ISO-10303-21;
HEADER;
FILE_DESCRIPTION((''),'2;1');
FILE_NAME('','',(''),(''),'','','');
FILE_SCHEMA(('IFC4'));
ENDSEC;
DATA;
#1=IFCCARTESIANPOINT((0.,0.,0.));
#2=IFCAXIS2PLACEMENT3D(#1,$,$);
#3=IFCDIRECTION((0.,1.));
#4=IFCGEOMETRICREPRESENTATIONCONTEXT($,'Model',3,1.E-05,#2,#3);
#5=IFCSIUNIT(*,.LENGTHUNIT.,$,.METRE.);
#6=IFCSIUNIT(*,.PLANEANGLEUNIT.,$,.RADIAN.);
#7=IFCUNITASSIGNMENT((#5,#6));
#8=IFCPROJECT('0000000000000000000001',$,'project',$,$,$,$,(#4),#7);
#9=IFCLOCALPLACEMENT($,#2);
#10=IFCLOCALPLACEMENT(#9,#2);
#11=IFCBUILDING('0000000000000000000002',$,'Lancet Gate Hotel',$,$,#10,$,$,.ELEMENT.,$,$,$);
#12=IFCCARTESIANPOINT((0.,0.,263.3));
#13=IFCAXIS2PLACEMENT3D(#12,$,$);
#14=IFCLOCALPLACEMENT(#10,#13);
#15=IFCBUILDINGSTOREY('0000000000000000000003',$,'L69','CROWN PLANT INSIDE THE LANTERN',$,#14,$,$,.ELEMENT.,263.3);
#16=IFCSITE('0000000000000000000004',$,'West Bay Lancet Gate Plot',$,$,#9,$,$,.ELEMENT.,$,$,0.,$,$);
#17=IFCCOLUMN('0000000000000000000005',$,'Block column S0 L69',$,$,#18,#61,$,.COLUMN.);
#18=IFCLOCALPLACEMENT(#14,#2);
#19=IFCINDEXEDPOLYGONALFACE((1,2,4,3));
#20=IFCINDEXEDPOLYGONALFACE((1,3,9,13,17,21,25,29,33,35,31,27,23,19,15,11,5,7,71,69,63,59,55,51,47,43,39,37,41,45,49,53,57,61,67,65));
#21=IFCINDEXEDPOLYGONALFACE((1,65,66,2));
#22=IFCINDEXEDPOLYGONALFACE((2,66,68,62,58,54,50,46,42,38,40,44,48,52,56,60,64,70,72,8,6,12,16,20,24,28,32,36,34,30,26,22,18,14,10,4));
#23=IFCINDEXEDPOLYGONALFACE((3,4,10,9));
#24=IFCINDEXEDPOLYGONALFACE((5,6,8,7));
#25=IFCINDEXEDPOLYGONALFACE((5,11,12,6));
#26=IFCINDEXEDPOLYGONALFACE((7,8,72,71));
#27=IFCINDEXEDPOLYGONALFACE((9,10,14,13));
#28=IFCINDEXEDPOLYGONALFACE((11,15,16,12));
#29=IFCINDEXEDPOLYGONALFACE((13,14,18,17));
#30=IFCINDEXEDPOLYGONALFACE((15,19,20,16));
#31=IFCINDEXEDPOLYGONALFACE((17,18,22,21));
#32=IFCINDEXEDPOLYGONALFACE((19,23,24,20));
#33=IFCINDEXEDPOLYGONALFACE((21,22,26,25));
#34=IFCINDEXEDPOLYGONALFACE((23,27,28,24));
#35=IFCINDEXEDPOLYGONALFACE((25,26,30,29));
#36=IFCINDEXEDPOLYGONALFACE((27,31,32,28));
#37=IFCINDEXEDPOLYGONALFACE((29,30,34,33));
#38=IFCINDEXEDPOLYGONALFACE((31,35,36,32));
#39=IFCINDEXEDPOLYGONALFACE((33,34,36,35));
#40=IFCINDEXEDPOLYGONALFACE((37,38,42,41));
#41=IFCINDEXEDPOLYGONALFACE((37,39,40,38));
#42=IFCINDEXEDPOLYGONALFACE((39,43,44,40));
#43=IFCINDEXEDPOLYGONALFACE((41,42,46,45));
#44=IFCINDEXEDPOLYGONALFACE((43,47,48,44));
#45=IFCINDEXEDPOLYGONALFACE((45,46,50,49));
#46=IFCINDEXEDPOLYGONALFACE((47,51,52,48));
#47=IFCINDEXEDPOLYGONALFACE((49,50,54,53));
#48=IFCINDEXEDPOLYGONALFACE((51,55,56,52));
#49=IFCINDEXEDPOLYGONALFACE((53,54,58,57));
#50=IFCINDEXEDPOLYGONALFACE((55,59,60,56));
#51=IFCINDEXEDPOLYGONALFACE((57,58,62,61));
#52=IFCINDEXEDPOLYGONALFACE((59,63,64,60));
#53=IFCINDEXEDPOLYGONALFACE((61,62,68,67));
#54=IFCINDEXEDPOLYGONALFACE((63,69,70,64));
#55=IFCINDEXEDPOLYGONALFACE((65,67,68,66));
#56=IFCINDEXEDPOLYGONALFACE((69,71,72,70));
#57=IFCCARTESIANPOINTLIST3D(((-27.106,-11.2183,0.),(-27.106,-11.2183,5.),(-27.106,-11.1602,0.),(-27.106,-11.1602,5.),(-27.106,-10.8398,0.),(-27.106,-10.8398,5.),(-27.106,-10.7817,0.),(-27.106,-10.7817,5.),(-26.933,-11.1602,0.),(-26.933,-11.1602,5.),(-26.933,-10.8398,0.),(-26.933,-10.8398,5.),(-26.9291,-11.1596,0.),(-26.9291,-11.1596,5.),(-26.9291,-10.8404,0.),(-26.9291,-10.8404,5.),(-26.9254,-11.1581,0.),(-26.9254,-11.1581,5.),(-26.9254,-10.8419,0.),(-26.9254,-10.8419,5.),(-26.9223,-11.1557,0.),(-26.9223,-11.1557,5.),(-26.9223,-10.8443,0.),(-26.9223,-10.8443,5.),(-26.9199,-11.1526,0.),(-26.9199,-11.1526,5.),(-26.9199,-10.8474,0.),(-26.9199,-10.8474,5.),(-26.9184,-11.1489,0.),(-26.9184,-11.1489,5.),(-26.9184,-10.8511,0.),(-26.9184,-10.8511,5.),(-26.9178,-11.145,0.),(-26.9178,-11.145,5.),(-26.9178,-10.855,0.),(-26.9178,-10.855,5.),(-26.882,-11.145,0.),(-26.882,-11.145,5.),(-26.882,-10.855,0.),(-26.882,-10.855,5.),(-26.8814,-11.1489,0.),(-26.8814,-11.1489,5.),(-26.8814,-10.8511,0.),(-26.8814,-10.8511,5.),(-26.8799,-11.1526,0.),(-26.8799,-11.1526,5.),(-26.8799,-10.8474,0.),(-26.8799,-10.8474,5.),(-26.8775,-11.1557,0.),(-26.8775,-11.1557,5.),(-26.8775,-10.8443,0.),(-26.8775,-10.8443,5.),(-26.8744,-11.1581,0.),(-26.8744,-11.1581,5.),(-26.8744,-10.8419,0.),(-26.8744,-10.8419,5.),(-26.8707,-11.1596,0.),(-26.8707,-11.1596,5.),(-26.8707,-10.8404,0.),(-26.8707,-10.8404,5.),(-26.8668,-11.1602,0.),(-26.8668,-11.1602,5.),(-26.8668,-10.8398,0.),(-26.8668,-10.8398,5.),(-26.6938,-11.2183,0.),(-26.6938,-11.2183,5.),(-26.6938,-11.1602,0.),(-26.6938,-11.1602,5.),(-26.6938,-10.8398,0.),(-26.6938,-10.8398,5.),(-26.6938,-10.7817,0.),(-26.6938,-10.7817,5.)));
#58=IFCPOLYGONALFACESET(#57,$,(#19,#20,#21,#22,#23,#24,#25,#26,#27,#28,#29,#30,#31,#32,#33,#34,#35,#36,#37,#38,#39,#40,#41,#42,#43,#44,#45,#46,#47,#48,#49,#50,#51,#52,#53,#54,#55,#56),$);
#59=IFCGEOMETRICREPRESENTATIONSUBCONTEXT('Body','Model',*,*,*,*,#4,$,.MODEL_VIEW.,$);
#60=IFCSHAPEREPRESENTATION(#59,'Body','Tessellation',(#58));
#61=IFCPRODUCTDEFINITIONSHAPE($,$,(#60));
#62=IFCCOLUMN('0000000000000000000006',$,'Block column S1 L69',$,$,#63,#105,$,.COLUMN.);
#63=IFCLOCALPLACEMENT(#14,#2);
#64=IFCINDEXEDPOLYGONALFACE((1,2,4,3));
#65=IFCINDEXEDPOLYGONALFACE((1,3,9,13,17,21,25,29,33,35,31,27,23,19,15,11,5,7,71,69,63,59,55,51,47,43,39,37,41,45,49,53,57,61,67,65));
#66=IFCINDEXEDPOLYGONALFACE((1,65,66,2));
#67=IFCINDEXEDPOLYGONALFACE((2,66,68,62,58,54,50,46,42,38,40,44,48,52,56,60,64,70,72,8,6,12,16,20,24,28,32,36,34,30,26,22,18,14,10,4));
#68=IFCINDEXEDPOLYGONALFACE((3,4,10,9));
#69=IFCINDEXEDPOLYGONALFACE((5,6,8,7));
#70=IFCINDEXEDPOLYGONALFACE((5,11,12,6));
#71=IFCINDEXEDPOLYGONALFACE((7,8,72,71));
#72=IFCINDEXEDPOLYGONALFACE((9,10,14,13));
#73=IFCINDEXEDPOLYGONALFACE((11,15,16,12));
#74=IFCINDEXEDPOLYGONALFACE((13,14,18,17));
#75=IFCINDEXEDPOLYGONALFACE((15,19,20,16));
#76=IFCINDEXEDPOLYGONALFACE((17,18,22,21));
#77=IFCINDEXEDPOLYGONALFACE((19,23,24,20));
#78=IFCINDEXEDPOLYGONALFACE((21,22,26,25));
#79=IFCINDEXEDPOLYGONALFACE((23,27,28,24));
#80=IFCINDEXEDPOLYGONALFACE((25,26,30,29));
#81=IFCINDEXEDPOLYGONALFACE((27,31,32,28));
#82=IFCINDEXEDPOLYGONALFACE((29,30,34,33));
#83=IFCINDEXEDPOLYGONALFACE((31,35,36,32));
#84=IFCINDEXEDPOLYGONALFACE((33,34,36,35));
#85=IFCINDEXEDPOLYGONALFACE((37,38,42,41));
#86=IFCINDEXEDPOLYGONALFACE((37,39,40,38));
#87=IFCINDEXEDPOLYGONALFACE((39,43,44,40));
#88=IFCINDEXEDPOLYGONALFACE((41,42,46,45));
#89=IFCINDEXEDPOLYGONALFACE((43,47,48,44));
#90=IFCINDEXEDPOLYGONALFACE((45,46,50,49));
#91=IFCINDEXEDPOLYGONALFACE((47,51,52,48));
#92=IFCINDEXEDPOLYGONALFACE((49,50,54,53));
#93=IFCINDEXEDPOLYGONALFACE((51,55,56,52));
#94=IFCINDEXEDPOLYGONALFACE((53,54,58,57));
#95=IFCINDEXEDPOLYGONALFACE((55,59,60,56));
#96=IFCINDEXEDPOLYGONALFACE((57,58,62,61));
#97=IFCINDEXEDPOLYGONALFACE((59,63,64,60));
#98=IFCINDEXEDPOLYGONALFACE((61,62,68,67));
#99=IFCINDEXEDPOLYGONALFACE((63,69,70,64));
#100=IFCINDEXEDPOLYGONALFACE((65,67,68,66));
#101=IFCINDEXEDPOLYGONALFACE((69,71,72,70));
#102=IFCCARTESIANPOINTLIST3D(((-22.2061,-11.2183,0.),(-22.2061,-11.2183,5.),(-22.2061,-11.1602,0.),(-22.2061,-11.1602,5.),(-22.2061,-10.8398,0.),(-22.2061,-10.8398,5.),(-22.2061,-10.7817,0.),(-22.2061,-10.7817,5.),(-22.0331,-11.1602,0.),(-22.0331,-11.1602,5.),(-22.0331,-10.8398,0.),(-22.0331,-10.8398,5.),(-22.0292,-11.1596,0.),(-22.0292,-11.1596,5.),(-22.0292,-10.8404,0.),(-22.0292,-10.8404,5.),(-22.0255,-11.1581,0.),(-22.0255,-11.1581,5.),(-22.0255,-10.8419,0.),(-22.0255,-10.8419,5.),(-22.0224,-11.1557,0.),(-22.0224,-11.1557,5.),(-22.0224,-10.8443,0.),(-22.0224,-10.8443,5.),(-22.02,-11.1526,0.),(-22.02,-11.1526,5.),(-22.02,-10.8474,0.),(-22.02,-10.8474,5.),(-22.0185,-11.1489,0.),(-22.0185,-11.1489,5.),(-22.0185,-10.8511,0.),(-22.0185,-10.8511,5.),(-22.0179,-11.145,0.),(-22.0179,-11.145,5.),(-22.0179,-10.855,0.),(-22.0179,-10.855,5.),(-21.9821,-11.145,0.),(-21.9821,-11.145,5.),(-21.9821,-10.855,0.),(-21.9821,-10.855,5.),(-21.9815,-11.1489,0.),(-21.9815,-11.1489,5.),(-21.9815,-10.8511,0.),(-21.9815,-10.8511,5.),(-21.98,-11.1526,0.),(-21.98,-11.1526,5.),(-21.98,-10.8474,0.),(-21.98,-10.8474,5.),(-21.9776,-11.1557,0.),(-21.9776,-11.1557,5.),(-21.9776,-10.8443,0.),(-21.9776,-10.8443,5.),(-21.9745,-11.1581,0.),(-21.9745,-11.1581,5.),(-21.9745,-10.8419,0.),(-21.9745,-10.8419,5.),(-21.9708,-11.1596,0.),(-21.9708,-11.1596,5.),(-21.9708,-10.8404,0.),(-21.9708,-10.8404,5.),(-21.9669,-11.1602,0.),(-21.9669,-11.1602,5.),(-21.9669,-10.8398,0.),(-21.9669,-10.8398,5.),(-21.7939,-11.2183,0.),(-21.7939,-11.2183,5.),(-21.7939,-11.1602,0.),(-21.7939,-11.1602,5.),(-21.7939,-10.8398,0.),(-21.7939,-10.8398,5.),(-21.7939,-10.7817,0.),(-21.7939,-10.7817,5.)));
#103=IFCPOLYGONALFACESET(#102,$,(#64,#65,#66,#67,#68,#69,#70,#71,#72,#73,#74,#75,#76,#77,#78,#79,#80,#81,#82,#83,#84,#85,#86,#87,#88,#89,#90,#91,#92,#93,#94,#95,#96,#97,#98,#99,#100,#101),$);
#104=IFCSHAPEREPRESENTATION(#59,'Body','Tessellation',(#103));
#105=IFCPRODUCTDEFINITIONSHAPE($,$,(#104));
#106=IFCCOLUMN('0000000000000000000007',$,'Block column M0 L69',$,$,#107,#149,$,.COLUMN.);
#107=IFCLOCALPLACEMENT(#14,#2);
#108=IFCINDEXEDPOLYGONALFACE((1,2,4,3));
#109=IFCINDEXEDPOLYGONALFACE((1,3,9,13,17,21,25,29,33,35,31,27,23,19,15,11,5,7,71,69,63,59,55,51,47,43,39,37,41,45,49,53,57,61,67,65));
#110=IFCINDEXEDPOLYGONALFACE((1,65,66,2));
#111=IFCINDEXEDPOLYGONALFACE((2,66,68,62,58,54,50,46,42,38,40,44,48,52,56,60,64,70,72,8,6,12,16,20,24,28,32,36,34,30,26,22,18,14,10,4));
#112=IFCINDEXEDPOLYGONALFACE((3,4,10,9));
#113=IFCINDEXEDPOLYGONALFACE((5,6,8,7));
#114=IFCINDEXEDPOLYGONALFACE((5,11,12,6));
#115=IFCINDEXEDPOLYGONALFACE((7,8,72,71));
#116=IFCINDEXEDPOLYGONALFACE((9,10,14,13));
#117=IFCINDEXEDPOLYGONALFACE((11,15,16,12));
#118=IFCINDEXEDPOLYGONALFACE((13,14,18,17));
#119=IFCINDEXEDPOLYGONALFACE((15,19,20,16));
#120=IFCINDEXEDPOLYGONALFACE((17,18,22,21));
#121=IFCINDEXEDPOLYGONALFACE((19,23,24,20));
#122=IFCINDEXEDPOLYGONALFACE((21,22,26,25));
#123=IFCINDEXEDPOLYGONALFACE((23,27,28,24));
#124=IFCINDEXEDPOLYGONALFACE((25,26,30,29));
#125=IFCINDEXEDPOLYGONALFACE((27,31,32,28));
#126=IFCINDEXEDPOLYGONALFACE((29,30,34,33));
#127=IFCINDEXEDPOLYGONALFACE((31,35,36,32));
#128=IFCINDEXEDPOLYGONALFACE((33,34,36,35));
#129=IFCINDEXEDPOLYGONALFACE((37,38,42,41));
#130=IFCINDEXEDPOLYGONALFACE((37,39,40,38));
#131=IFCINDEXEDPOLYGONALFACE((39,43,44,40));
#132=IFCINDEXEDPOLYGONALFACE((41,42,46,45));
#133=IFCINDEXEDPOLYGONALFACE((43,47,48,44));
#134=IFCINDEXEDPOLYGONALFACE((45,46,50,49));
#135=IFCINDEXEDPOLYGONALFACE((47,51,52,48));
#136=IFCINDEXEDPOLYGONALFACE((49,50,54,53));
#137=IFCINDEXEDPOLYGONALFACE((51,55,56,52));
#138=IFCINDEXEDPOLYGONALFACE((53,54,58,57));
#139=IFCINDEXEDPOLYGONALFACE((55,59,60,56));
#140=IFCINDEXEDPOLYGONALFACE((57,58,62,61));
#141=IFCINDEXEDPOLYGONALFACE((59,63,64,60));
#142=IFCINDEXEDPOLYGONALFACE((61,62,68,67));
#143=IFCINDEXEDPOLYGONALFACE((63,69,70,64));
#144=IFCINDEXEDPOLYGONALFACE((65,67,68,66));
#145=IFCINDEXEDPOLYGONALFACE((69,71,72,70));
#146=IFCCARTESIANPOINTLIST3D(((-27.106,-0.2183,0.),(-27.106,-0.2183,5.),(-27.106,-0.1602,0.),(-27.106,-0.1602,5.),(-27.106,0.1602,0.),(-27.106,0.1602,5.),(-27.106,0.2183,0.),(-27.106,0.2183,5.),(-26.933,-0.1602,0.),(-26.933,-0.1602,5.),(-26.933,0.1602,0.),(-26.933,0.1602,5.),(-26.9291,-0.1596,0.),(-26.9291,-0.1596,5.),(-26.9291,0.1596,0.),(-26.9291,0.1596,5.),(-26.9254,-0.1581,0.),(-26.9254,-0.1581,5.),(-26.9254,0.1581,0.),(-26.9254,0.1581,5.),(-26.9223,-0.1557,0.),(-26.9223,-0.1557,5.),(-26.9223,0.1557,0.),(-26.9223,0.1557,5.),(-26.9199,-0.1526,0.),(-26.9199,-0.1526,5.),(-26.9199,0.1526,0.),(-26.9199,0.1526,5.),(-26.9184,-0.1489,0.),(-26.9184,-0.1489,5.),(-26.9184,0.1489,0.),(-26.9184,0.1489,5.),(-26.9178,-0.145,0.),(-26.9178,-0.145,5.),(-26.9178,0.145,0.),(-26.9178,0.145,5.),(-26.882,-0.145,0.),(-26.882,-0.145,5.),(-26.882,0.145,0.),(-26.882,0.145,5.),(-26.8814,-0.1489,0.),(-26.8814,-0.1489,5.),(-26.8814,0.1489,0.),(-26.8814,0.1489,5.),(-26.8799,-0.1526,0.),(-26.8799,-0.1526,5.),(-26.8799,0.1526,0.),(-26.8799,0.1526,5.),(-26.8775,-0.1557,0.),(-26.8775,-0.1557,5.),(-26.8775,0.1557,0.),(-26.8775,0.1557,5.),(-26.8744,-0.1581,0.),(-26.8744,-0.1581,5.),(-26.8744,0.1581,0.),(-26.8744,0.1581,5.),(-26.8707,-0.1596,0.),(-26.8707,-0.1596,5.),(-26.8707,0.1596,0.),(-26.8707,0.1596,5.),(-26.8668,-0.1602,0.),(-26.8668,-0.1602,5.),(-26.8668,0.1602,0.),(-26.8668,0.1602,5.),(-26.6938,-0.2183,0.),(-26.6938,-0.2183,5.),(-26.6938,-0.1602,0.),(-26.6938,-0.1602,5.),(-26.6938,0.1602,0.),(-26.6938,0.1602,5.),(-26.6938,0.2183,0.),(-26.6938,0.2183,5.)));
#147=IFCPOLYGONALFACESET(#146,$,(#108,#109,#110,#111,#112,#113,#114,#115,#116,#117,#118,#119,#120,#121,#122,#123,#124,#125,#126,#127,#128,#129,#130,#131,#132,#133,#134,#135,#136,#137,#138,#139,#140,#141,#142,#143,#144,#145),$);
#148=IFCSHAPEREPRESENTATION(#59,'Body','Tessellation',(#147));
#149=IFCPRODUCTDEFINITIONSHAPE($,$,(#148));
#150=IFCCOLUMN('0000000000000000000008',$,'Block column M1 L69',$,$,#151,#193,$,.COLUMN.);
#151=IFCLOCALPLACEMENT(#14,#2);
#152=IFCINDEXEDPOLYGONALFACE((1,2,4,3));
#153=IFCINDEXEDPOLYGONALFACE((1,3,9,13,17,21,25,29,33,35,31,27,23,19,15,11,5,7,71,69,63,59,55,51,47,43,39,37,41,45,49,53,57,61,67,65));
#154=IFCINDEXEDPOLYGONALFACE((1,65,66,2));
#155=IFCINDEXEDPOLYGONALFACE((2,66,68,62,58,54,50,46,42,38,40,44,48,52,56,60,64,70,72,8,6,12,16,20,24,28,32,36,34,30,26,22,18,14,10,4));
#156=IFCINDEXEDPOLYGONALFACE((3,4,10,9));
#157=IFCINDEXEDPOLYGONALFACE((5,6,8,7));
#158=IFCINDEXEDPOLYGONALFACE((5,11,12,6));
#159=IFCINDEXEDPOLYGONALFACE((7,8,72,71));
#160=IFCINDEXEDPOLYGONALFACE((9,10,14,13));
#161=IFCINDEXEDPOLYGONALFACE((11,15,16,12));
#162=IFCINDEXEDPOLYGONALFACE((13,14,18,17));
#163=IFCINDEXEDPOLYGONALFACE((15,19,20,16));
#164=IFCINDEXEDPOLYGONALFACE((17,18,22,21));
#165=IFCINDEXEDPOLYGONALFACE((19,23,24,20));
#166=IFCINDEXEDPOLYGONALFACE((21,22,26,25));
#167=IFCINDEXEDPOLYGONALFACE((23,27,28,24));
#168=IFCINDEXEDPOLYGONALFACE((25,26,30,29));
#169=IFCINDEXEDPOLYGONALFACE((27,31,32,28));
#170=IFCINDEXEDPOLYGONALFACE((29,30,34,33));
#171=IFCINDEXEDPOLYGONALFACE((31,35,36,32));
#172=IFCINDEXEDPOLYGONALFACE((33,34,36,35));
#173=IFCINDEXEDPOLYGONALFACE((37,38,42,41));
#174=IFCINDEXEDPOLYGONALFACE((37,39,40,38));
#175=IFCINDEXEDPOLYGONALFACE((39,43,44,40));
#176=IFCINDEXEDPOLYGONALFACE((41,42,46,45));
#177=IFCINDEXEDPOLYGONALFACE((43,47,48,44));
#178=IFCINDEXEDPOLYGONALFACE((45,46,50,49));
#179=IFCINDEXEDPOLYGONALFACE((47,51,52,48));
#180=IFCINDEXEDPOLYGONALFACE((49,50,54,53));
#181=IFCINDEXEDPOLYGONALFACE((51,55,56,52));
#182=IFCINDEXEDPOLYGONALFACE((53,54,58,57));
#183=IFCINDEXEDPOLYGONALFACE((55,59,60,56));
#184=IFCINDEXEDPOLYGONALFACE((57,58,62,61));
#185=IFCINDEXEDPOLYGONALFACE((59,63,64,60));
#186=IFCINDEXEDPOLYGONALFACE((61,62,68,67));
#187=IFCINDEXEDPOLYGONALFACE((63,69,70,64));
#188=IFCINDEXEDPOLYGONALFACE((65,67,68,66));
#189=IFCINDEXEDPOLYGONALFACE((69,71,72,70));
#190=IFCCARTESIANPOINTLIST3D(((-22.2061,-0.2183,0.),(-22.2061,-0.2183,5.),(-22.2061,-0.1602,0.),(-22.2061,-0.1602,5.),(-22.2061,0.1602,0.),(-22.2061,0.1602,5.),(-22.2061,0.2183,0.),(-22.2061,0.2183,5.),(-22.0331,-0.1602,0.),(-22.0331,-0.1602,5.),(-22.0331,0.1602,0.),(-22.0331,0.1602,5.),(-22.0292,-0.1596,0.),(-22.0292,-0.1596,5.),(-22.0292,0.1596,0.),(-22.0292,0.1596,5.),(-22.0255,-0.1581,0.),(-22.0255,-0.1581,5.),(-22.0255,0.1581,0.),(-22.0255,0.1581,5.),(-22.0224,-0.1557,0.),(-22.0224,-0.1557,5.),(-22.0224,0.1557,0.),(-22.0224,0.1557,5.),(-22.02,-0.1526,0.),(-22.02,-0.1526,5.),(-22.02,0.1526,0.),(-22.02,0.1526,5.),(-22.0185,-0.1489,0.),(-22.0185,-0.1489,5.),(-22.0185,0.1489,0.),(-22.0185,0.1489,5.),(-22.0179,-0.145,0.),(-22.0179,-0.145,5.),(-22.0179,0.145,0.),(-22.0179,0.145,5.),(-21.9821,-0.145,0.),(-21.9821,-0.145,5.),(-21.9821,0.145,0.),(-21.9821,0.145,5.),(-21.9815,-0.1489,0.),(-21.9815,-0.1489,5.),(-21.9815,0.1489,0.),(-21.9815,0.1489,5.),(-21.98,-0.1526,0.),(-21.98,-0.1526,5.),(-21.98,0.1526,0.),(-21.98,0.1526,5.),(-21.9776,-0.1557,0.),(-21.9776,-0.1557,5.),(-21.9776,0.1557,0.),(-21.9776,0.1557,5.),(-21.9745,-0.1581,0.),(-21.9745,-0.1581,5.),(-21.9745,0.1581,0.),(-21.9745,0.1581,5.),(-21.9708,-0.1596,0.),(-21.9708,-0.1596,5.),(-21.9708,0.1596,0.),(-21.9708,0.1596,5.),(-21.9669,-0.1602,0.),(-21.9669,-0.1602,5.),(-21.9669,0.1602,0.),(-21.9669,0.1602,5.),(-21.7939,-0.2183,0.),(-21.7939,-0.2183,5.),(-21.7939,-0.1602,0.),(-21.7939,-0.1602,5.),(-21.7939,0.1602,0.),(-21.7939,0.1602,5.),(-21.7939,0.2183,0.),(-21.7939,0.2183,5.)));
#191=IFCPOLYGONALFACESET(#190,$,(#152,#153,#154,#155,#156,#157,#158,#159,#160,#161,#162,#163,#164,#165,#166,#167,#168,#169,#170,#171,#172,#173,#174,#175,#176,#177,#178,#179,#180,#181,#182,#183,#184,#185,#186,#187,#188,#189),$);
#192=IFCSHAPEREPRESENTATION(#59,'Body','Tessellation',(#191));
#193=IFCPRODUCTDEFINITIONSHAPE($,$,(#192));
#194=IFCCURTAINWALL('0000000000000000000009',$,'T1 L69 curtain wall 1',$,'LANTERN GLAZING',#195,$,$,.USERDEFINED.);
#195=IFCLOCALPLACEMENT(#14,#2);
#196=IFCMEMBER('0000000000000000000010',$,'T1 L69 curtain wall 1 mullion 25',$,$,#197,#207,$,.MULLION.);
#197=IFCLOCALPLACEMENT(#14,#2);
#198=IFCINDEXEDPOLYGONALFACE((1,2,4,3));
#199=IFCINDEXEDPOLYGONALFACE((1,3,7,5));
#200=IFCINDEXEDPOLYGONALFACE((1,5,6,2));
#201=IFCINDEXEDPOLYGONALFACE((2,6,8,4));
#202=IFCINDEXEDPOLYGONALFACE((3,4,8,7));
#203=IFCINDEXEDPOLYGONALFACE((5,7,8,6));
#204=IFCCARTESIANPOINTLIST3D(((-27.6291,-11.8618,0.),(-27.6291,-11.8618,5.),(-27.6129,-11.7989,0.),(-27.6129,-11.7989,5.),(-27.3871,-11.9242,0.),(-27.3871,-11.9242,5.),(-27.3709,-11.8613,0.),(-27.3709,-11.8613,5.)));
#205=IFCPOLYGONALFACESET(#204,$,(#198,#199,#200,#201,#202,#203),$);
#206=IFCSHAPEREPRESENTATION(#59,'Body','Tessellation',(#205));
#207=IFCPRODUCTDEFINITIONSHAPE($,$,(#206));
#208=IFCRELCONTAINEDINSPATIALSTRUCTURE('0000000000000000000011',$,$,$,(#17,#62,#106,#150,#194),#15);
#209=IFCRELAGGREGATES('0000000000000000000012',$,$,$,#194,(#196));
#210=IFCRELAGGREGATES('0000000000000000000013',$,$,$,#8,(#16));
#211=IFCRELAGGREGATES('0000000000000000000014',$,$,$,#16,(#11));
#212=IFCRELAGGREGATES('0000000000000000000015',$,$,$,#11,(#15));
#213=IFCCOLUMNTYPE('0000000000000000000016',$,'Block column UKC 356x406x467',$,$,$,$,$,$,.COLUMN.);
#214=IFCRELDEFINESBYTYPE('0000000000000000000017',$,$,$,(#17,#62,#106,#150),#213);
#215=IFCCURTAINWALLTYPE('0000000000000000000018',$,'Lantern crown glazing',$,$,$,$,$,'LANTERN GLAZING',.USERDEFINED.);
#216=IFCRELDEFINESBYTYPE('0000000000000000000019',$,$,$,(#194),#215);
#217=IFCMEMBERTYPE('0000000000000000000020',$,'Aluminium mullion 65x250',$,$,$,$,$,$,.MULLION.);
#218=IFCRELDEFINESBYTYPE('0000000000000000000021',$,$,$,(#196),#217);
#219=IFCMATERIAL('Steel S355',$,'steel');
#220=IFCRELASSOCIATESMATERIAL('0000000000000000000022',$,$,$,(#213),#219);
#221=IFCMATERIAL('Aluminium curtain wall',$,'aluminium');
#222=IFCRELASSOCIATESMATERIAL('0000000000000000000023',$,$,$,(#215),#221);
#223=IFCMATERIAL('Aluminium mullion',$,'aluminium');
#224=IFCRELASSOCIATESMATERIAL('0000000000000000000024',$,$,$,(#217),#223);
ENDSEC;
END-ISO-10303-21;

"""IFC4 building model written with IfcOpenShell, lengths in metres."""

from ifc_helpers import new_model, si_unit, direction, frame, origin, origin_2d, place, context, subcontext, project, spatial, rectangle, i_section, extrude, material, material_profile, profile_set, type_object, element, aggregate, save


model = new_model("IFC4")

# Units and contexts
model_context = context("Model", 3, precision=1e-05, world=origin(), true_north=direction((0.0, 1.0)))
body_context = subcontext(model_context, "Body", "Model", "MODEL_VIEW")
ifc_project = project(units=[si_unit("LENGTHUNIT", "METRE"), si_unit("PLANEANGLEUNIT", "RADIAN")], contexts=[model_context])

# Site, building, storey
site_placement = place(None, origin())
site = spatial("IfcSite", under=ifc_project, at=site_placement, Name="West Bay Lancet Gate Plot", CompositionType="ELEMENT", RefElevation=0.0)
building_placement = place(site_placement, origin())
building = spatial("IfcBuilding", under=site, at=building_placement, Name="Lancet Gate Hotel", CompositionType="ELEMENT")
storey_placement = place(building_placement, frame((0.0, 0.0, 263.3)))
storey = spatial("IfcBuildingStorey", under=building, at=storey_placement, Name="L69", Description="CROWN PLANT INSIDE THE LANTERN", CompositionType="ELEMENT", Elevation=263.3)

# Columns
ifc_material_1 = material(Name="Steel S355", Category="steel")
ifc_material_profile_1 = material_profile(ifc_material_1, i_section(OverallWidth=0.4121, OverallDepth=0.4365, WebThickness=0.0359, FlangeThickness=0.0581, FilletRadius=0.0151, at=origin_2d()), Name="UKC 356x406x467")
ifc_profile_set_1 = profile_set([ifc_material_profile_1], Name="Steel S355")
column_type = type_object("IfcColumnType", Name="Block column UKC 356x406x467", PredefinedType="COLUMN", material=ifc_profile_set_1)
for number, where, z_axis, x_axis, name in (
    (1, (-26.8999, -11.0, 0.0), (0.0, 0.0, 1.0), (1.0, 0.0, 0.0), "Block column S0 L69"),
    (2, (-22.0, -11.0, 0.0), (0.0, 0.0, 1.0), (1.0, 0.0, 0.0), "Block column S1 L69"),
    (3, (-26.8999, 0.0, 0.0), (0.0, 0.0, 1.0), (1.0, 0.0, 0.0), "Block column M0 L69"),
    (4, (-22.0, 0.0, 0.0), (0.0, 0.0, 1.0), (1.0, 0.0, 0.0), "Block column M1 L69"),
):
    element("IfcColumn", number, at=place(storey_placement, frame(where, z_axis=z_axis, x_axis=x_axis)), inside=storey, type_object=column_type, Name=name, PredefinedType="COLUMN", context=body_context, shape_type="SweptSolid", body=[
        extrude(i_section(OverallWidth=0.4121, OverallDepth=0.4365, WebThickness=0.0359, FlangeThickness=0.0581, FilletRadius=0.0151, at=origin_2d()), origin(), (0.0, 0.0, 1.0), 5.0),
    ])

# Curtain wall, member
ifc_material_2 = material(Name="Aluminium curtain wall", Category="aluminium")
curtain_wall_type = type_object("IfcCurtainWallType", Name="Lantern crown glazing", ElementType="LANTERN GLAZING", PredefinedType="USERDEFINED", material=ifc_material_2)
curtain_wall_1_placement = place(storey_placement, origin())
curtain_wall_1 = element("IfcCurtainWall", 5, at=curtain_wall_1_placement, inside=storey, type_object=curtain_wall_type, Name="T1 L69 curtain wall 1", ObjectType="LANTERN GLAZING", PredefinedType="USERDEFINED")
ifc_material_3 = material(Name="Aluminium mullion", Category="aluminium")
ifc_material_profile_2 = material_profile(ifc_material_3, rectangle(XDim=0.0649, YDim=0.25, at=origin_2d()), Name="MULLION 65x250")
ifc_profile_set_2 = profile_set([ifc_material_profile_2], Name="Aluminium mullion")
member_type_1 = type_object("IfcMemberType", Name="Aluminium mullion 65x250", PredefinedType="MULLION", material=ifc_profile_set_2)
member_1_placement = place(storey_placement, frame((-27.5, -11.8616, 0.0), z_axis=(0.0, 0.0, 1.0), x_axis=(0.249726, 0.968317, 0.0)))
member_1 = element("IfcMember", 6, at=member_1_placement, type_object=member_type_1, Name="T1 L69 curtain wall 1 mullion 25", PredefinedType="MULLION", context=body_context, shape_type="SweptSolid", body=[
    extrude(rectangle(XDim=0.0649, YDim=0.25, at=origin_2d()), origin(), (0.0, 0.0, 1.0), 5.0),
])

aggregate(curtain_wall_1, [member_1])

save(model, "model.ifc")
